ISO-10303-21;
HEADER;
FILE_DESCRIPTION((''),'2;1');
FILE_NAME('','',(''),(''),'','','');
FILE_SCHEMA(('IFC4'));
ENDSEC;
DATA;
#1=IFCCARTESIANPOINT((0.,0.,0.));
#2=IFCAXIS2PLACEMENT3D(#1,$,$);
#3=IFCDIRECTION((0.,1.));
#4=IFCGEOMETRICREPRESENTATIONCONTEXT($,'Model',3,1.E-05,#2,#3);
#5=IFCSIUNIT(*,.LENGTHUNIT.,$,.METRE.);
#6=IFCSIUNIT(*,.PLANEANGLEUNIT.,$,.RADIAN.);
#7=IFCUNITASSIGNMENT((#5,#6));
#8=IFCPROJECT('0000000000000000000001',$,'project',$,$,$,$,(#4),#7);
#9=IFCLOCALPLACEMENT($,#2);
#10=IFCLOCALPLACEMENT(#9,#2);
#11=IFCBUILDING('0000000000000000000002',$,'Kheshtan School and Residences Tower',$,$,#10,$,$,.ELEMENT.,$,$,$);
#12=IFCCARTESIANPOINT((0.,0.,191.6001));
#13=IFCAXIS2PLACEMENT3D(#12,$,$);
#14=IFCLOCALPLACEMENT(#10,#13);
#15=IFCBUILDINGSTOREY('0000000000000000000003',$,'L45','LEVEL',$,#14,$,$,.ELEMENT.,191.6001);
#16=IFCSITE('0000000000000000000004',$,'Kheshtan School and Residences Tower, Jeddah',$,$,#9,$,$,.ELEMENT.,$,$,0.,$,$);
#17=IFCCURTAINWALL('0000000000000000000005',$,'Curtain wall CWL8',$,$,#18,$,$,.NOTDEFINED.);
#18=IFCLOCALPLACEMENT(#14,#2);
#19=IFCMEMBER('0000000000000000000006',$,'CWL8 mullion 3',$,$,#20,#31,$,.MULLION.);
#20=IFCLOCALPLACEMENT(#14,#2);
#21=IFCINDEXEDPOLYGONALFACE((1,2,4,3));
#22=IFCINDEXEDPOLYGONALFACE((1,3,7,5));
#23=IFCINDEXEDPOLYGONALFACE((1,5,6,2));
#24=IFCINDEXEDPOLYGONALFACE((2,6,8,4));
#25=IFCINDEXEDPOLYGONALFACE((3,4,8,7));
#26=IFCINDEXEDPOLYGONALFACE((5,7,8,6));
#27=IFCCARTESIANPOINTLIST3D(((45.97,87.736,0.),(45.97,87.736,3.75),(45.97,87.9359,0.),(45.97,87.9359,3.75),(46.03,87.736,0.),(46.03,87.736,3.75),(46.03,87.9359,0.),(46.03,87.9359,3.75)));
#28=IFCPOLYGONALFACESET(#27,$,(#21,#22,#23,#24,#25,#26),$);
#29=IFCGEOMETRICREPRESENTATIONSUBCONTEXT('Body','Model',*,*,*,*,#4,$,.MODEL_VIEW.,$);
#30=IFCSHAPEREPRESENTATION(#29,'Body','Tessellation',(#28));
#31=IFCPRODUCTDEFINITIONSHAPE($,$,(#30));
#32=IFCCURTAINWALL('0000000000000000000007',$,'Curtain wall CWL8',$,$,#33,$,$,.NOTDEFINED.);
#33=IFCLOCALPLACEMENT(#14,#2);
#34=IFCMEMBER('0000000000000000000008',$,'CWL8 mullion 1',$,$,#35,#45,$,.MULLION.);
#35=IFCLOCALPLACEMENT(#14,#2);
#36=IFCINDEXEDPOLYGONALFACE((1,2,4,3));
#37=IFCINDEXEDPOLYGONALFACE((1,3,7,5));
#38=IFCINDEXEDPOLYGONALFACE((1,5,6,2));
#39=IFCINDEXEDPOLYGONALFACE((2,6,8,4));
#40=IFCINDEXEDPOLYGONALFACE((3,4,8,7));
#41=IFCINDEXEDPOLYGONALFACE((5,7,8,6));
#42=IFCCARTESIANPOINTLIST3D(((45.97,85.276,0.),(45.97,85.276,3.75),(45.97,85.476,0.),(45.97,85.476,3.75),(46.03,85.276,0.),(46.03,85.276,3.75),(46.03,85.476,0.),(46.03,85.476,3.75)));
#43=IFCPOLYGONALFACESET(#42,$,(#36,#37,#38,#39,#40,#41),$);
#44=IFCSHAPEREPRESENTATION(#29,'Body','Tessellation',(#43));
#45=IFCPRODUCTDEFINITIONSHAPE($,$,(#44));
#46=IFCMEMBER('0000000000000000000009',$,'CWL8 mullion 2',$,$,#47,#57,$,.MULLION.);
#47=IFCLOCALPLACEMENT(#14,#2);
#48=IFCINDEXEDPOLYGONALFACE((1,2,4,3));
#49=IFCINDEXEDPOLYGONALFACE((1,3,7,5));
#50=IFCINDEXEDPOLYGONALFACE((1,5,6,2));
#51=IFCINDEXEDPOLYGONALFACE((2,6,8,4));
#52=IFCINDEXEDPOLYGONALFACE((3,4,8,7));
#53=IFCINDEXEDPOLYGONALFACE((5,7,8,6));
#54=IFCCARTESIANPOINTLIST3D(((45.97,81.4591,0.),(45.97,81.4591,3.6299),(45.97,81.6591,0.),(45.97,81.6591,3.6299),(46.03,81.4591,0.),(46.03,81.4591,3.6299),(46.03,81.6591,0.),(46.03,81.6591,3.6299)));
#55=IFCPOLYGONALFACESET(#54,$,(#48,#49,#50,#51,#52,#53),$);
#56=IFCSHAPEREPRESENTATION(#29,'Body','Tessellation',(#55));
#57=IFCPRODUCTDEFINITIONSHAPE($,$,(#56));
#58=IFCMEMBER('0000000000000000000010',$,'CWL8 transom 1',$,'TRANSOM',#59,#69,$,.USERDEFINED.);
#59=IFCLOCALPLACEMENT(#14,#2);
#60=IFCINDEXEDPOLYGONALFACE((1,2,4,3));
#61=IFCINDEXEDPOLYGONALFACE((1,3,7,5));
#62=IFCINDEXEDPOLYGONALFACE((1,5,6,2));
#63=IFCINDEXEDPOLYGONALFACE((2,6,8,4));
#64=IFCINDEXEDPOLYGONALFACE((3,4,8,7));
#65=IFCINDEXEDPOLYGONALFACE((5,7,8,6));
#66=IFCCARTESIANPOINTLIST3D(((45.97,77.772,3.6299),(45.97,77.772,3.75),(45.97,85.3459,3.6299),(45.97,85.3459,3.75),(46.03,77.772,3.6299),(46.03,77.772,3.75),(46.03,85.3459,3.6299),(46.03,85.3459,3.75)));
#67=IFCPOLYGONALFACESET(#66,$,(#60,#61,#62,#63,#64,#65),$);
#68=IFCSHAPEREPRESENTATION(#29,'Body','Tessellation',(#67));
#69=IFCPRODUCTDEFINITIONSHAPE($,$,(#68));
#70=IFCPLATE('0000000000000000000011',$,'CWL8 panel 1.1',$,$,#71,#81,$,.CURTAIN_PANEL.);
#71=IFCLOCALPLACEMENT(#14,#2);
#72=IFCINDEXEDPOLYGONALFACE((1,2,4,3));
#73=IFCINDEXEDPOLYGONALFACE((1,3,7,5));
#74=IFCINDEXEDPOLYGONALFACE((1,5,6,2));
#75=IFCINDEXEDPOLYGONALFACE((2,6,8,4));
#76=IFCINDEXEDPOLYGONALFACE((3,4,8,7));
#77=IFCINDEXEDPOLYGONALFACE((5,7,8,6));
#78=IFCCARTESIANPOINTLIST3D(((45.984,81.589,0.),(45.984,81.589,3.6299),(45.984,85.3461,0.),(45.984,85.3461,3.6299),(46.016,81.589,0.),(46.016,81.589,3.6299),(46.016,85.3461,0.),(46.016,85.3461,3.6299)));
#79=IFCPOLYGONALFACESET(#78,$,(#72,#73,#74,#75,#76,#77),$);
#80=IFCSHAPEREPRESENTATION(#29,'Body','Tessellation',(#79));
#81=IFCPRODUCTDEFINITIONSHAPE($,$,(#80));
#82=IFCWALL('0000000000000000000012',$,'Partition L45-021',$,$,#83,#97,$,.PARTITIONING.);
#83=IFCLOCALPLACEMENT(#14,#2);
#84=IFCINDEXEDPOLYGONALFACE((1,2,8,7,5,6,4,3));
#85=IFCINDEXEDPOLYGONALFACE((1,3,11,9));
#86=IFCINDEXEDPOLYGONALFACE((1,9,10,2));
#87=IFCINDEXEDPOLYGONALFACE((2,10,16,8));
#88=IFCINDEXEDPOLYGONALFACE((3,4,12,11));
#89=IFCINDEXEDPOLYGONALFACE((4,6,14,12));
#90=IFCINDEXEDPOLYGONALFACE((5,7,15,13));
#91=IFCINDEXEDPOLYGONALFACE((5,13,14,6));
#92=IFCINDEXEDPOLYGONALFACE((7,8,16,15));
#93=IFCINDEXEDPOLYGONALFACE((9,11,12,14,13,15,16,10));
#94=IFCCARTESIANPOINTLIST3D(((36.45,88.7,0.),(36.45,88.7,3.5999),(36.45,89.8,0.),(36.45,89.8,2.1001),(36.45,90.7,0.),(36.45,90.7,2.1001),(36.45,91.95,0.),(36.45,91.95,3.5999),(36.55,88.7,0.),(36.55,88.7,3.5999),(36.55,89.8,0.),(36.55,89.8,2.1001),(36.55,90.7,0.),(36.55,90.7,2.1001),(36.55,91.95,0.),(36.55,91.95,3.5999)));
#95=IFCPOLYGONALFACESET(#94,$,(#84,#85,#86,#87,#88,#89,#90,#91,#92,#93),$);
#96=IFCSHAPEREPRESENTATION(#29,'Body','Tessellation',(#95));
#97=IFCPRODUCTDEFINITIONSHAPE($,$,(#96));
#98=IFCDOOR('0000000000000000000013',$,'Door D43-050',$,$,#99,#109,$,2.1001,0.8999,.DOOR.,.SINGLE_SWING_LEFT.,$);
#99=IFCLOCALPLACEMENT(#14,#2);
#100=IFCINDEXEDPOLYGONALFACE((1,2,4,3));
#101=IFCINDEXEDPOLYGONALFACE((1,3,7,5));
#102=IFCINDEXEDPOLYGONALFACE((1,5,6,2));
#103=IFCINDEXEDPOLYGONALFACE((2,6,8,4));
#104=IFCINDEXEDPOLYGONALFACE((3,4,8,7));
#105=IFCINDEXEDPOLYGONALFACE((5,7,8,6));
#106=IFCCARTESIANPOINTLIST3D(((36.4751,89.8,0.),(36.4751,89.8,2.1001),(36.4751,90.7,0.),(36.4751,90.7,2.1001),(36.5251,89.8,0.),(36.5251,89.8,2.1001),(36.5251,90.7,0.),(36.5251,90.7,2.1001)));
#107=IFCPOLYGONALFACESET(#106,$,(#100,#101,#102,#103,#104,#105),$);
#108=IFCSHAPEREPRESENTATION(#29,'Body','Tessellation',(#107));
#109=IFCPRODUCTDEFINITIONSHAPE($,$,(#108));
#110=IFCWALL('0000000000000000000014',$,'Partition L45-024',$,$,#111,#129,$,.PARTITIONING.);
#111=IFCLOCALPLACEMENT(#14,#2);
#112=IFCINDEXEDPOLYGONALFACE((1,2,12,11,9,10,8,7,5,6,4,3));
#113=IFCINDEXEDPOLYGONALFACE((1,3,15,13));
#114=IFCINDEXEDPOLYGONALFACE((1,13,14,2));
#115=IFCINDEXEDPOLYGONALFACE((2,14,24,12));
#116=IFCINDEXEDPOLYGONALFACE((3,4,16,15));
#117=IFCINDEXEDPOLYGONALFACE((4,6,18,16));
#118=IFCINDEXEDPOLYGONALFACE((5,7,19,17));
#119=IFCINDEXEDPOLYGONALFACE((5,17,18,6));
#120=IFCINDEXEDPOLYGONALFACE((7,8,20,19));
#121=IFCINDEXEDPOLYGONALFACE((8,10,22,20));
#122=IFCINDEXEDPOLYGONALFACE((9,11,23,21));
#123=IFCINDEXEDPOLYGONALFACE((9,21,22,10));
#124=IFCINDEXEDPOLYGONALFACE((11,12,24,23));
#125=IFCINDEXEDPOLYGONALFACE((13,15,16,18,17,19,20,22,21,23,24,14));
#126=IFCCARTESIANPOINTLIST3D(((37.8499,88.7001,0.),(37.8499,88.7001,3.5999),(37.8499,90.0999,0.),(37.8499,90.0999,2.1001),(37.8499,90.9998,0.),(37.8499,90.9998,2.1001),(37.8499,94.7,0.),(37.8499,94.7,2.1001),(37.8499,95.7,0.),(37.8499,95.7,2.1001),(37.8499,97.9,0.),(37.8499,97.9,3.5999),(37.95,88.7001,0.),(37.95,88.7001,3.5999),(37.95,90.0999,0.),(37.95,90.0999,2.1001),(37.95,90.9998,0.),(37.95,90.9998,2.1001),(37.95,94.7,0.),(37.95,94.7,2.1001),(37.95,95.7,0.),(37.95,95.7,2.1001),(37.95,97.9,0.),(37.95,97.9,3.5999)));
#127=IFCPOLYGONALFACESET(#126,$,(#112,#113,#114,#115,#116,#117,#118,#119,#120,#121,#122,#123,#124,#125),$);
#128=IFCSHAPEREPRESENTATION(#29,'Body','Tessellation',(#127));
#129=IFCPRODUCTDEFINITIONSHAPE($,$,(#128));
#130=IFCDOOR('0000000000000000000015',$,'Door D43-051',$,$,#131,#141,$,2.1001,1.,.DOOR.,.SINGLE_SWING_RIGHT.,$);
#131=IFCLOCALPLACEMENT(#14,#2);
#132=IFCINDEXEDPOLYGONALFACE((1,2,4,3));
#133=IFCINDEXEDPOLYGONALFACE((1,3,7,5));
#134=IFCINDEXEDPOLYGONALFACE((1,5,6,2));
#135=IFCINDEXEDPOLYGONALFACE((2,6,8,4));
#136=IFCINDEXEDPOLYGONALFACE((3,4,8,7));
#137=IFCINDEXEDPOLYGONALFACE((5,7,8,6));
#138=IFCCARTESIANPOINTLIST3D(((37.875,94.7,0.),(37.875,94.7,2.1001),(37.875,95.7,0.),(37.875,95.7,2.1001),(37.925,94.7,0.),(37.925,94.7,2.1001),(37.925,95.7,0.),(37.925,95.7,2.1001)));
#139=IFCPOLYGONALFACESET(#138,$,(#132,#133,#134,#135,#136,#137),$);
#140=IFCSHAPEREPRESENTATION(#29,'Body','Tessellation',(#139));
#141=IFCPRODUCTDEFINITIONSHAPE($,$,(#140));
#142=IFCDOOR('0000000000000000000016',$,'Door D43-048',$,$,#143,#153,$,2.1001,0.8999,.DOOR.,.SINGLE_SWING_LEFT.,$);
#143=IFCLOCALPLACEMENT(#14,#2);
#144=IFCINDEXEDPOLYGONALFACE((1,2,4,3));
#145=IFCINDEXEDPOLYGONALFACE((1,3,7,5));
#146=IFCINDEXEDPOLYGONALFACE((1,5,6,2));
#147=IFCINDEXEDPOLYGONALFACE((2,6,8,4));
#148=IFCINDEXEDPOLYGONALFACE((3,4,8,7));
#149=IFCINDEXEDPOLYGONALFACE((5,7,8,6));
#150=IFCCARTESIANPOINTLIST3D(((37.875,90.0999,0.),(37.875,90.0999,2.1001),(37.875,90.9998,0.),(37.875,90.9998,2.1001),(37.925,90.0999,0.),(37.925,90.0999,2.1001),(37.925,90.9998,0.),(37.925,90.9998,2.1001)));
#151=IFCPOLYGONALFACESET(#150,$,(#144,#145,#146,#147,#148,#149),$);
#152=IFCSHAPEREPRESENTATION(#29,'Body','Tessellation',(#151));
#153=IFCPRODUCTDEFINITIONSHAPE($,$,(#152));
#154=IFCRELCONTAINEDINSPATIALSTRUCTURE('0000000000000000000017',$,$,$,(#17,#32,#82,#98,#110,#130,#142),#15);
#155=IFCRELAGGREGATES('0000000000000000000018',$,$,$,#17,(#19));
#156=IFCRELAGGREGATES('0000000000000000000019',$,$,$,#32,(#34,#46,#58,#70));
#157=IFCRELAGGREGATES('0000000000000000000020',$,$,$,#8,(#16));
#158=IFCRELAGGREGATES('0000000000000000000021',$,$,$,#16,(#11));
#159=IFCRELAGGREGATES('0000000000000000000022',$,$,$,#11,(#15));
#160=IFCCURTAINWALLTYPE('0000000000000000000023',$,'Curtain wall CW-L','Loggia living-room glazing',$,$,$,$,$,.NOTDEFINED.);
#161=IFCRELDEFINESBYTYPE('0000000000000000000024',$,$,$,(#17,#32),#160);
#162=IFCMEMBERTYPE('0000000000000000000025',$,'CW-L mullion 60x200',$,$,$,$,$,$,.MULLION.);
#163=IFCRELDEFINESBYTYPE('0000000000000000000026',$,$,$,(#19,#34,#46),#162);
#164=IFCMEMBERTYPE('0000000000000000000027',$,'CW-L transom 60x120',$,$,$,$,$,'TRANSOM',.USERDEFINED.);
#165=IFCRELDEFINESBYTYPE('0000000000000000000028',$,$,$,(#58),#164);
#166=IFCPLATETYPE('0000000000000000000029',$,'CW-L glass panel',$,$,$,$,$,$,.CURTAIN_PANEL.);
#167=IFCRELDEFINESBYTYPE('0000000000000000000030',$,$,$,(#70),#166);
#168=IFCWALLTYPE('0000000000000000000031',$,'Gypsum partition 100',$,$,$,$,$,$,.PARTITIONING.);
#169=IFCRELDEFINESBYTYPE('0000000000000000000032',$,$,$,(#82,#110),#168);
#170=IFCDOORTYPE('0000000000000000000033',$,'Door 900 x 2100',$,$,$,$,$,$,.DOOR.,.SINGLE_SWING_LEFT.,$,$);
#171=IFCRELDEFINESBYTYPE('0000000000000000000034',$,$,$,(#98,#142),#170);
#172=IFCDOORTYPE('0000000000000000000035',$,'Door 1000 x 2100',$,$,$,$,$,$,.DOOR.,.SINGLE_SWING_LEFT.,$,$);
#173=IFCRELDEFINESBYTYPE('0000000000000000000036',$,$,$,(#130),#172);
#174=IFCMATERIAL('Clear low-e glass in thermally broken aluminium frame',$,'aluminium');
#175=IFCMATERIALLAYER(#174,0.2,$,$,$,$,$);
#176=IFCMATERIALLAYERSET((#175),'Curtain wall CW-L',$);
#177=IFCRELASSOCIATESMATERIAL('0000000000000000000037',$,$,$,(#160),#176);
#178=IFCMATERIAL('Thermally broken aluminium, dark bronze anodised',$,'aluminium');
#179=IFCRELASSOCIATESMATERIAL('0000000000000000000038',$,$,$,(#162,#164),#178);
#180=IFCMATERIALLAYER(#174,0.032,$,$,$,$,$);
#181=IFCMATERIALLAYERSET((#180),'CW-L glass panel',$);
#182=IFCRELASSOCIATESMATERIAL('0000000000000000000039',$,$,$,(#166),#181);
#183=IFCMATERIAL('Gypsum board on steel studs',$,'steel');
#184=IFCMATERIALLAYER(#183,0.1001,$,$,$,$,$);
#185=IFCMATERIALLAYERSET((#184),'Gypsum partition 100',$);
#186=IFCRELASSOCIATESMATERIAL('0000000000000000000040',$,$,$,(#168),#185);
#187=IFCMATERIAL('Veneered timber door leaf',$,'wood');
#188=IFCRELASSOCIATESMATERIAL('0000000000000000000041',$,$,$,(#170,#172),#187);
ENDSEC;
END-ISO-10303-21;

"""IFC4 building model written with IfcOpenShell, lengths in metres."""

from ifc_helpers import new_model, si_unit, direction, frame, frame_2d, origin, origin_2d, place, context, subcontext, project, spatial, rectangle, extrude, source, transform, mapped, material, layer, layer_set, material_profile, profile_set, type_object, element, fill, aggregate, save


model = new_model("IFC4")

# Units and contexts
model_context = context("Model", 3, precision=1e-05, world=origin(), true_north=direction((0.0, 1.0)))
body_context = subcontext(model_context, "Body", "Model", "MODEL_VIEW")
ifc_project = project(units=[si_unit("LENGTHUNIT", "METRE"), si_unit("PLANEANGLEUNIT", "RADIAN")], contexts=[model_context])

# Site, building, storey
site_placement = place(None, origin())
site = spatial("IfcSite", under=ifc_project, at=site_placement, Name="Kheshtan School and Residences Tower, Jeddah", CompositionType="ELEMENT", RefElevation=0.0)
building_placement = place(site_placement, origin())
building = spatial("IfcBuilding", under=site, at=building_placement, Name="Kheshtan School and Residences Tower", CompositionType="ELEMENT")
storey_placement = place(building_placement, frame((0.0, 0.0, 191.6001)))
storey = spatial("IfcBuildingStorey", under=building, at=storey_placement, Name="L45", Description="LEVEL", CompositionType="ELEMENT", Elevation=191.6001)

# Curtain wall, member
ifc_material_1 = material(Name="Clear low-e glass in thermally broken aluminium frame", Category="aluminium")
ifc_layer_1 = layer(ifc_material_1, 0.2)
ifc_layer_set_1 = layer_set([ifc_layer_1], Name="Curtain wall CW-L")
curtain_wall_type = type_object("IfcCurtainWallType", Name="Curtain wall CW-L", Description="Loggia living-room glazing", PredefinedType="NOTDEFINED", material=ifc_layer_set_1)
curtain_wall_1_placement = place(storey_placement, origin())
curtain_wall_1 = element("IfcCurtainWall", 1, at=curtain_wall_1_placement, inside=storey, type_object=curtain_wall_type, Name="Curtain wall CWL8", PredefinedType="NOTDEFINED")
ifc_material_2 = material(Name="Thermally broken aluminium, dark bronze anodised", Category="aluminium")
ifc_material_profile_1 = material_profile(ifc_material_2, rectangle(XDim=0.0601, YDim=0.2, at=origin_2d()), Name="CW-L mullion 60x200")
ifc_profile_set_1 = profile_set([ifc_material_profile_1], Name="Thermally broken aluminium, dark bronze anodised")
member_type_1 = type_object("IfcMemberType", Name="CW-L mullion 60x200", PredefinedType="MULLION", material=ifc_profile_set_1)
member_1_placement = place(storey_placement, frame((46.0, 87.8359, 0.0), z_axis=(0.0, 0.0, 1.0), x_axis=(1.0, 0.0, 0.0)))
member_1 = element("IfcMember", 2, at=member_1_placement, type_object=member_type_1, Name="CWL8 mullion 3", PredefinedType="MULLION", context=body_context, shape_type="SweptSolid", body=[
    extrude(rectangle(XDim=0.0601, YDim=0.2, at=origin_2d()), origin(), (0.0, 0.0, 1.0), 3.75),
])
aggregate(curtain_wall_1, [member_1])

# Curtain wall, members, plate
curtain_wall_2_placement = place(storey_placement, origin())
curtain_wall_2 = element("IfcCurtainWall", 3, at=curtain_wall_2_placement, inside=storey, type_object=curtain_wall_type, Name="Curtain wall CWL8", PredefinedType="NOTDEFINED")
member_2_placement = place(storey_placement, frame((46.0, 85.376, 0.0), z_axis=(0.0, 0.0, 1.0), x_axis=(1.0, 0.0, 0.0)))
member_2 = element("IfcMember", 4, at=member_2_placement, type_object=member_type_1, Name="CWL8 mullion 1", PredefinedType="MULLION", context=body_context, shape_type="SweptSolid", body=[
    extrude(rectangle(XDim=0.0601, YDim=0.2, at=origin_2d()), origin(), (0.0, 0.0, 1.0), 3.75),
])
member_3_placement = place(storey_placement, frame((46.0, 81.5591, 0.0), z_axis=(0.0, 0.0, 1.0), x_axis=(1.0, 0.0, 0.0)))
member_3 = element("IfcMember", 5, at=member_3_placement, type_object=member_type_1, Name="CWL8 mullion 2", PredefinedType="MULLION", context=body_context, shape_type="SweptSolid", body=[
    extrude(rectangle(XDim=0.0601, YDim=0.2, at=origin_2d()), origin(), (0.0, 0.0, 1.0), 3.6299),
])
ifc_material_profile_2 = material_profile(ifc_material_2, rectangle(XDim=0.0601, YDim=0.1201, at=origin_2d()), Name="CW-L transom 60x120")
ifc_profile_set_2 = profile_set([ifc_material_profile_2], Name="Thermally broken aluminium, dark bronze anodised")
member_type_2 = type_object("IfcMemberType", Name="CW-L transom 60x120", ElementType="TRANSOM", PredefinedType="USERDEFINED", material=ifc_profile_set_2)
member_4_placement = place(storey_placement, frame((46.0, 85.3459, 3.6899), z_axis=(0.0, -1.0, 0.0), x_axis=(1.0, 0.0, 0.0)))
member_4 = element("IfcMember", 6, at=member_4_placement, type_object=member_type_2, Name="CWL8 transom 1", ObjectType="TRANSOM", PredefinedType="USERDEFINED", context=body_context, shape_type="SweptSolid", body=[
    extrude(rectangle(XDim=0.0601, YDim=0.1201, at=origin_2d()), origin(), (0.0, 0.0, 1.0), 7.574),
])
ifc_layer_2 = layer(ifc_material_1, 0.032)
ifc_layer_set_2 = layer_set([ifc_layer_2], Name="CW-L glass panel")
plate_type = type_object("IfcPlateType", Name="CW-L glass panel", PredefinedType="CURTAIN_PANEL", material=ifc_layer_set_2)
plate_placement = place(storey_placement, frame((46.0, 83.4675, 0.0), z_axis=(0.0, 0.0, 1.0), x_axis=(0.0, -1.0, 0.0)))
plate = element("IfcPlate", 7, at=plate_placement, type_object=plate_type, Name="CWL8 panel 1.1", PredefinedType="CURTAIN_PANEL", context=body_context, shape_type="SweptSolid", body=[
    extrude(rectangle(XDim=3.7571, YDim=0.032, at=origin_2d()), origin(), (0.0, 0.0, 1.0), 3.6299),
])
aggregate(curtain_wall_2, [member_2, member_3, member_4, plate])

# Wall, opening, door
ifc_material_3 = material(Name="Gypsum board on steel studs", Category="steel")
ifc_layer_3 = layer(ifc_material_3, 0.1001)
ifc_layer_set_3 = layer_set([ifc_layer_3], Name="Gypsum partition 100")
wall_type_1 = type_object("IfcWallType", Name="Gypsum partition 100", PredefinedType="PARTITIONING", material=ifc_layer_set_3)
wall_1_placement = place(storey_placement, frame((36.5, 88.7, 0.0), z_axis=(0.0, 0.0, 1.0), x_axis=(0.0, 1.0, 0.0)))
wall_1 = element("IfcWall", 8, at=wall_1_placement, inside=storey, type_object=wall_type_1, Name="Partition L45-021", PredefinedType="PARTITIONING", context=body_context, shape_type="SweptSolid", body=[
    extrude(rectangle(XDim=3.25, YDim=0.1001, at=frame_2d((1.625, 0.0))), origin(), (0.0, 0.0, 1.0), 3.5999),
])
opening_1_placement = place(wall_1_placement, frame((1.1001, 0.0, 0.0)))
opening_1 = element("IfcOpeningElement", 9, at=opening_1_placement, cuts=wall_1, PredefinedType="OPENING", context=body_context, shape_type="SweptSolid", body=[
    extrude(rectangle(XDim=0.8999, YDim=2.1001, at=frame_2d((0.45, 1.05))), frame((0.0, 0.0601, 0.0), z_axis=(0.0, -1.0, 0.0), x_axis=(1.0, 0.0, 0.0)), (0.0, 0.0, 1.0), 0.1201),
])
ifc_material_4 = material(Name="Veneered timber door leaf", Category="wood")
door_type_1 = type_object("IfcDoorType", Name="Door 900 x 2100", OperationType="SINGLE_SWING_LEFT", PredefinedType="DOOR", material=ifc_material_4)
shared_shape_1 = source(origin(), body_context, "Body", "SweptSolid", [
    extrude(rectangle(XDim=0.8999, YDim=2.1001, at=frame_2d((0.45, 1.05))), frame((0.0, 0.0249, 0.0), z_axis=(0.0, -1.0, 0.0), x_axis=(1.0, 0.0, 0.0)), (0.0, 0.0, 1.0), 0.05),
])
door_1_placement = place(opening_1_placement, origin())
door_1 = element("IfcDoor", 10, at=door_1_placement, inside=storey, type_object=door_type_1, Name="Door D43-050", OperationType="SINGLE_SWING_LEFT", OverallHeight=2.1001, OverallWidth=0.8999, PredefinedType="DOOR", context=body_context, shape_type="MappedRepresentation", body=[
    mapped(shared_shape_1, transform((0.0, 0.0, 0.0), x_axis=(1.0, 0.0, 0.0), y_axis=(0.0, 1.0, 0.0), z_axis=(0.0, 0.0, 1.0), scale=1.0)),
])
fill(opening_1, door_1)

# Wall, openings, doors
wall_2_placement = place(storey_placement, frame((37.8999, 88.7, 0.0), z_axis=(0.0, 0.0, 1.0), x_axis=(0.0, 1.0, 0.0)))
wall_2 = element("IfcWall", 11, at=wall_2_placement, inside=storey, type_object=wall_type_1, Name="Partition L45-024", PredefinedType="PARTITIONING", context=body_context, shape_type="SweptSolid", body=[
    extrude(rectangle(XDim=9.2, YDim=0.1001, at=frame_2d((4.6001, 0.0))), origin(), (0.0, 0.0, 1.0), 3.5999),
])
opening_2_placement = place(wall_2_placement, frame((1.3999, 0.0, 0.0)))
opening_2 = element("IfcOpeningElement", 12, at=opening_2_placement, cuts=wall_2, PredefinedType="OPENING", context=body_context, shape_type="SweptSolid", body=[
    extrude(rectangle(XDim=0.8999, YDim=2.1001, at=frame_2d((0.45, 1.05))), frame((0.0, 0.0601, 0.0), z_axis=(0.0, -1.0, 0.0), x_axis=(1.0, 0.0, 0.0)), (0.0, 0.0, 1.0), 0.1201),
])
opening_3_placement = place(wall_2_placement, frame((6.0, 0.0, 0.0)))
opening_3 = element("IfcOpeningElement", 13, at=opening_3_placement, cuts=wall_2, PredefinedType="OPENING", context=body_context, shape_type="SweptSolid", body=[
    extrude(rectangle(XDim=1.0, YDim=2.1001, at=frame_2d((0.5, 1.05))), frame((0.0, 0.0601, 0.0), z_axis=(0.0, -1.0, 0.0), x_axis=(1.0, 0.0, 0.0)), (0.0, 0.0, 1.0), 0.1201),
])
door_type_2 = type_object("IfcDoorType", Name="Door 1000 x 2100", OperationType="SINGLE_SWING_LEFT", PredefinedType="DOOR", material=ifc_material_4)
shared_shape_2 = source(origin(), body_context, "Body", "SweptSolid", [
    extrude(rectangle(XDim=1.0, YDim=2.1001, at=frame_2d((0.5, 1.05))), frame((0.0, 0.0249, 0.0), z_axis=(0.0, -1.0, 0.0), x_axis=(1.0, 0.0, 0.0)), (0.0, 0.0, 1.0), 0.05),
])
door_2_placement = place(opening_3_placement, origin())
door_2 = element("IfcDoor", 14, at=door_2_placement, inside=storey, type_object=door_type_2, Name="Door D43-051", OperationType="SINGLE_SWING_RIGHT", OverallHeight=2.1001, OverallWidth=1.0, PredefinedType="DOOR", context=body_context, shape_type="MappedRepresentation", body=[
    mapped(shared_shape_2, transform((0.0, 0.0, 0.0), x_axis=(1.0, 0.0, 0.0), y_axis=(0.0, 1.0, 0.0), z_axis=(0.0, 0.0, 1.0), scale=1.0)),
])
fill(opening_3, door_2)
door_3_placement = place(opening_2_placement, origin())
door_3 = element("IfcDoor", 15, at=door_3_placement, inside=storey, type_object=door_type_1, Name="Door D43-048", OperationType="SINGLE_SWING_LEFT", OverallHeight=2.1001, OverallWidth=0.8999, PredefinedType="DOOR", context=body_context, shape_type="MappedRepresentation", body=[
    mapped(shared_shape_1, transform((0.0, 0.0, 0.0), x_axis=(1.0, 0.0, 0.0), y_axis=(0.0, 1.0, 0.0), z_axis=(0.0, 0.0, 1.0), scale=1.0)),
])
fill(opening_2, door_3)

save(model, "model.ifc")
